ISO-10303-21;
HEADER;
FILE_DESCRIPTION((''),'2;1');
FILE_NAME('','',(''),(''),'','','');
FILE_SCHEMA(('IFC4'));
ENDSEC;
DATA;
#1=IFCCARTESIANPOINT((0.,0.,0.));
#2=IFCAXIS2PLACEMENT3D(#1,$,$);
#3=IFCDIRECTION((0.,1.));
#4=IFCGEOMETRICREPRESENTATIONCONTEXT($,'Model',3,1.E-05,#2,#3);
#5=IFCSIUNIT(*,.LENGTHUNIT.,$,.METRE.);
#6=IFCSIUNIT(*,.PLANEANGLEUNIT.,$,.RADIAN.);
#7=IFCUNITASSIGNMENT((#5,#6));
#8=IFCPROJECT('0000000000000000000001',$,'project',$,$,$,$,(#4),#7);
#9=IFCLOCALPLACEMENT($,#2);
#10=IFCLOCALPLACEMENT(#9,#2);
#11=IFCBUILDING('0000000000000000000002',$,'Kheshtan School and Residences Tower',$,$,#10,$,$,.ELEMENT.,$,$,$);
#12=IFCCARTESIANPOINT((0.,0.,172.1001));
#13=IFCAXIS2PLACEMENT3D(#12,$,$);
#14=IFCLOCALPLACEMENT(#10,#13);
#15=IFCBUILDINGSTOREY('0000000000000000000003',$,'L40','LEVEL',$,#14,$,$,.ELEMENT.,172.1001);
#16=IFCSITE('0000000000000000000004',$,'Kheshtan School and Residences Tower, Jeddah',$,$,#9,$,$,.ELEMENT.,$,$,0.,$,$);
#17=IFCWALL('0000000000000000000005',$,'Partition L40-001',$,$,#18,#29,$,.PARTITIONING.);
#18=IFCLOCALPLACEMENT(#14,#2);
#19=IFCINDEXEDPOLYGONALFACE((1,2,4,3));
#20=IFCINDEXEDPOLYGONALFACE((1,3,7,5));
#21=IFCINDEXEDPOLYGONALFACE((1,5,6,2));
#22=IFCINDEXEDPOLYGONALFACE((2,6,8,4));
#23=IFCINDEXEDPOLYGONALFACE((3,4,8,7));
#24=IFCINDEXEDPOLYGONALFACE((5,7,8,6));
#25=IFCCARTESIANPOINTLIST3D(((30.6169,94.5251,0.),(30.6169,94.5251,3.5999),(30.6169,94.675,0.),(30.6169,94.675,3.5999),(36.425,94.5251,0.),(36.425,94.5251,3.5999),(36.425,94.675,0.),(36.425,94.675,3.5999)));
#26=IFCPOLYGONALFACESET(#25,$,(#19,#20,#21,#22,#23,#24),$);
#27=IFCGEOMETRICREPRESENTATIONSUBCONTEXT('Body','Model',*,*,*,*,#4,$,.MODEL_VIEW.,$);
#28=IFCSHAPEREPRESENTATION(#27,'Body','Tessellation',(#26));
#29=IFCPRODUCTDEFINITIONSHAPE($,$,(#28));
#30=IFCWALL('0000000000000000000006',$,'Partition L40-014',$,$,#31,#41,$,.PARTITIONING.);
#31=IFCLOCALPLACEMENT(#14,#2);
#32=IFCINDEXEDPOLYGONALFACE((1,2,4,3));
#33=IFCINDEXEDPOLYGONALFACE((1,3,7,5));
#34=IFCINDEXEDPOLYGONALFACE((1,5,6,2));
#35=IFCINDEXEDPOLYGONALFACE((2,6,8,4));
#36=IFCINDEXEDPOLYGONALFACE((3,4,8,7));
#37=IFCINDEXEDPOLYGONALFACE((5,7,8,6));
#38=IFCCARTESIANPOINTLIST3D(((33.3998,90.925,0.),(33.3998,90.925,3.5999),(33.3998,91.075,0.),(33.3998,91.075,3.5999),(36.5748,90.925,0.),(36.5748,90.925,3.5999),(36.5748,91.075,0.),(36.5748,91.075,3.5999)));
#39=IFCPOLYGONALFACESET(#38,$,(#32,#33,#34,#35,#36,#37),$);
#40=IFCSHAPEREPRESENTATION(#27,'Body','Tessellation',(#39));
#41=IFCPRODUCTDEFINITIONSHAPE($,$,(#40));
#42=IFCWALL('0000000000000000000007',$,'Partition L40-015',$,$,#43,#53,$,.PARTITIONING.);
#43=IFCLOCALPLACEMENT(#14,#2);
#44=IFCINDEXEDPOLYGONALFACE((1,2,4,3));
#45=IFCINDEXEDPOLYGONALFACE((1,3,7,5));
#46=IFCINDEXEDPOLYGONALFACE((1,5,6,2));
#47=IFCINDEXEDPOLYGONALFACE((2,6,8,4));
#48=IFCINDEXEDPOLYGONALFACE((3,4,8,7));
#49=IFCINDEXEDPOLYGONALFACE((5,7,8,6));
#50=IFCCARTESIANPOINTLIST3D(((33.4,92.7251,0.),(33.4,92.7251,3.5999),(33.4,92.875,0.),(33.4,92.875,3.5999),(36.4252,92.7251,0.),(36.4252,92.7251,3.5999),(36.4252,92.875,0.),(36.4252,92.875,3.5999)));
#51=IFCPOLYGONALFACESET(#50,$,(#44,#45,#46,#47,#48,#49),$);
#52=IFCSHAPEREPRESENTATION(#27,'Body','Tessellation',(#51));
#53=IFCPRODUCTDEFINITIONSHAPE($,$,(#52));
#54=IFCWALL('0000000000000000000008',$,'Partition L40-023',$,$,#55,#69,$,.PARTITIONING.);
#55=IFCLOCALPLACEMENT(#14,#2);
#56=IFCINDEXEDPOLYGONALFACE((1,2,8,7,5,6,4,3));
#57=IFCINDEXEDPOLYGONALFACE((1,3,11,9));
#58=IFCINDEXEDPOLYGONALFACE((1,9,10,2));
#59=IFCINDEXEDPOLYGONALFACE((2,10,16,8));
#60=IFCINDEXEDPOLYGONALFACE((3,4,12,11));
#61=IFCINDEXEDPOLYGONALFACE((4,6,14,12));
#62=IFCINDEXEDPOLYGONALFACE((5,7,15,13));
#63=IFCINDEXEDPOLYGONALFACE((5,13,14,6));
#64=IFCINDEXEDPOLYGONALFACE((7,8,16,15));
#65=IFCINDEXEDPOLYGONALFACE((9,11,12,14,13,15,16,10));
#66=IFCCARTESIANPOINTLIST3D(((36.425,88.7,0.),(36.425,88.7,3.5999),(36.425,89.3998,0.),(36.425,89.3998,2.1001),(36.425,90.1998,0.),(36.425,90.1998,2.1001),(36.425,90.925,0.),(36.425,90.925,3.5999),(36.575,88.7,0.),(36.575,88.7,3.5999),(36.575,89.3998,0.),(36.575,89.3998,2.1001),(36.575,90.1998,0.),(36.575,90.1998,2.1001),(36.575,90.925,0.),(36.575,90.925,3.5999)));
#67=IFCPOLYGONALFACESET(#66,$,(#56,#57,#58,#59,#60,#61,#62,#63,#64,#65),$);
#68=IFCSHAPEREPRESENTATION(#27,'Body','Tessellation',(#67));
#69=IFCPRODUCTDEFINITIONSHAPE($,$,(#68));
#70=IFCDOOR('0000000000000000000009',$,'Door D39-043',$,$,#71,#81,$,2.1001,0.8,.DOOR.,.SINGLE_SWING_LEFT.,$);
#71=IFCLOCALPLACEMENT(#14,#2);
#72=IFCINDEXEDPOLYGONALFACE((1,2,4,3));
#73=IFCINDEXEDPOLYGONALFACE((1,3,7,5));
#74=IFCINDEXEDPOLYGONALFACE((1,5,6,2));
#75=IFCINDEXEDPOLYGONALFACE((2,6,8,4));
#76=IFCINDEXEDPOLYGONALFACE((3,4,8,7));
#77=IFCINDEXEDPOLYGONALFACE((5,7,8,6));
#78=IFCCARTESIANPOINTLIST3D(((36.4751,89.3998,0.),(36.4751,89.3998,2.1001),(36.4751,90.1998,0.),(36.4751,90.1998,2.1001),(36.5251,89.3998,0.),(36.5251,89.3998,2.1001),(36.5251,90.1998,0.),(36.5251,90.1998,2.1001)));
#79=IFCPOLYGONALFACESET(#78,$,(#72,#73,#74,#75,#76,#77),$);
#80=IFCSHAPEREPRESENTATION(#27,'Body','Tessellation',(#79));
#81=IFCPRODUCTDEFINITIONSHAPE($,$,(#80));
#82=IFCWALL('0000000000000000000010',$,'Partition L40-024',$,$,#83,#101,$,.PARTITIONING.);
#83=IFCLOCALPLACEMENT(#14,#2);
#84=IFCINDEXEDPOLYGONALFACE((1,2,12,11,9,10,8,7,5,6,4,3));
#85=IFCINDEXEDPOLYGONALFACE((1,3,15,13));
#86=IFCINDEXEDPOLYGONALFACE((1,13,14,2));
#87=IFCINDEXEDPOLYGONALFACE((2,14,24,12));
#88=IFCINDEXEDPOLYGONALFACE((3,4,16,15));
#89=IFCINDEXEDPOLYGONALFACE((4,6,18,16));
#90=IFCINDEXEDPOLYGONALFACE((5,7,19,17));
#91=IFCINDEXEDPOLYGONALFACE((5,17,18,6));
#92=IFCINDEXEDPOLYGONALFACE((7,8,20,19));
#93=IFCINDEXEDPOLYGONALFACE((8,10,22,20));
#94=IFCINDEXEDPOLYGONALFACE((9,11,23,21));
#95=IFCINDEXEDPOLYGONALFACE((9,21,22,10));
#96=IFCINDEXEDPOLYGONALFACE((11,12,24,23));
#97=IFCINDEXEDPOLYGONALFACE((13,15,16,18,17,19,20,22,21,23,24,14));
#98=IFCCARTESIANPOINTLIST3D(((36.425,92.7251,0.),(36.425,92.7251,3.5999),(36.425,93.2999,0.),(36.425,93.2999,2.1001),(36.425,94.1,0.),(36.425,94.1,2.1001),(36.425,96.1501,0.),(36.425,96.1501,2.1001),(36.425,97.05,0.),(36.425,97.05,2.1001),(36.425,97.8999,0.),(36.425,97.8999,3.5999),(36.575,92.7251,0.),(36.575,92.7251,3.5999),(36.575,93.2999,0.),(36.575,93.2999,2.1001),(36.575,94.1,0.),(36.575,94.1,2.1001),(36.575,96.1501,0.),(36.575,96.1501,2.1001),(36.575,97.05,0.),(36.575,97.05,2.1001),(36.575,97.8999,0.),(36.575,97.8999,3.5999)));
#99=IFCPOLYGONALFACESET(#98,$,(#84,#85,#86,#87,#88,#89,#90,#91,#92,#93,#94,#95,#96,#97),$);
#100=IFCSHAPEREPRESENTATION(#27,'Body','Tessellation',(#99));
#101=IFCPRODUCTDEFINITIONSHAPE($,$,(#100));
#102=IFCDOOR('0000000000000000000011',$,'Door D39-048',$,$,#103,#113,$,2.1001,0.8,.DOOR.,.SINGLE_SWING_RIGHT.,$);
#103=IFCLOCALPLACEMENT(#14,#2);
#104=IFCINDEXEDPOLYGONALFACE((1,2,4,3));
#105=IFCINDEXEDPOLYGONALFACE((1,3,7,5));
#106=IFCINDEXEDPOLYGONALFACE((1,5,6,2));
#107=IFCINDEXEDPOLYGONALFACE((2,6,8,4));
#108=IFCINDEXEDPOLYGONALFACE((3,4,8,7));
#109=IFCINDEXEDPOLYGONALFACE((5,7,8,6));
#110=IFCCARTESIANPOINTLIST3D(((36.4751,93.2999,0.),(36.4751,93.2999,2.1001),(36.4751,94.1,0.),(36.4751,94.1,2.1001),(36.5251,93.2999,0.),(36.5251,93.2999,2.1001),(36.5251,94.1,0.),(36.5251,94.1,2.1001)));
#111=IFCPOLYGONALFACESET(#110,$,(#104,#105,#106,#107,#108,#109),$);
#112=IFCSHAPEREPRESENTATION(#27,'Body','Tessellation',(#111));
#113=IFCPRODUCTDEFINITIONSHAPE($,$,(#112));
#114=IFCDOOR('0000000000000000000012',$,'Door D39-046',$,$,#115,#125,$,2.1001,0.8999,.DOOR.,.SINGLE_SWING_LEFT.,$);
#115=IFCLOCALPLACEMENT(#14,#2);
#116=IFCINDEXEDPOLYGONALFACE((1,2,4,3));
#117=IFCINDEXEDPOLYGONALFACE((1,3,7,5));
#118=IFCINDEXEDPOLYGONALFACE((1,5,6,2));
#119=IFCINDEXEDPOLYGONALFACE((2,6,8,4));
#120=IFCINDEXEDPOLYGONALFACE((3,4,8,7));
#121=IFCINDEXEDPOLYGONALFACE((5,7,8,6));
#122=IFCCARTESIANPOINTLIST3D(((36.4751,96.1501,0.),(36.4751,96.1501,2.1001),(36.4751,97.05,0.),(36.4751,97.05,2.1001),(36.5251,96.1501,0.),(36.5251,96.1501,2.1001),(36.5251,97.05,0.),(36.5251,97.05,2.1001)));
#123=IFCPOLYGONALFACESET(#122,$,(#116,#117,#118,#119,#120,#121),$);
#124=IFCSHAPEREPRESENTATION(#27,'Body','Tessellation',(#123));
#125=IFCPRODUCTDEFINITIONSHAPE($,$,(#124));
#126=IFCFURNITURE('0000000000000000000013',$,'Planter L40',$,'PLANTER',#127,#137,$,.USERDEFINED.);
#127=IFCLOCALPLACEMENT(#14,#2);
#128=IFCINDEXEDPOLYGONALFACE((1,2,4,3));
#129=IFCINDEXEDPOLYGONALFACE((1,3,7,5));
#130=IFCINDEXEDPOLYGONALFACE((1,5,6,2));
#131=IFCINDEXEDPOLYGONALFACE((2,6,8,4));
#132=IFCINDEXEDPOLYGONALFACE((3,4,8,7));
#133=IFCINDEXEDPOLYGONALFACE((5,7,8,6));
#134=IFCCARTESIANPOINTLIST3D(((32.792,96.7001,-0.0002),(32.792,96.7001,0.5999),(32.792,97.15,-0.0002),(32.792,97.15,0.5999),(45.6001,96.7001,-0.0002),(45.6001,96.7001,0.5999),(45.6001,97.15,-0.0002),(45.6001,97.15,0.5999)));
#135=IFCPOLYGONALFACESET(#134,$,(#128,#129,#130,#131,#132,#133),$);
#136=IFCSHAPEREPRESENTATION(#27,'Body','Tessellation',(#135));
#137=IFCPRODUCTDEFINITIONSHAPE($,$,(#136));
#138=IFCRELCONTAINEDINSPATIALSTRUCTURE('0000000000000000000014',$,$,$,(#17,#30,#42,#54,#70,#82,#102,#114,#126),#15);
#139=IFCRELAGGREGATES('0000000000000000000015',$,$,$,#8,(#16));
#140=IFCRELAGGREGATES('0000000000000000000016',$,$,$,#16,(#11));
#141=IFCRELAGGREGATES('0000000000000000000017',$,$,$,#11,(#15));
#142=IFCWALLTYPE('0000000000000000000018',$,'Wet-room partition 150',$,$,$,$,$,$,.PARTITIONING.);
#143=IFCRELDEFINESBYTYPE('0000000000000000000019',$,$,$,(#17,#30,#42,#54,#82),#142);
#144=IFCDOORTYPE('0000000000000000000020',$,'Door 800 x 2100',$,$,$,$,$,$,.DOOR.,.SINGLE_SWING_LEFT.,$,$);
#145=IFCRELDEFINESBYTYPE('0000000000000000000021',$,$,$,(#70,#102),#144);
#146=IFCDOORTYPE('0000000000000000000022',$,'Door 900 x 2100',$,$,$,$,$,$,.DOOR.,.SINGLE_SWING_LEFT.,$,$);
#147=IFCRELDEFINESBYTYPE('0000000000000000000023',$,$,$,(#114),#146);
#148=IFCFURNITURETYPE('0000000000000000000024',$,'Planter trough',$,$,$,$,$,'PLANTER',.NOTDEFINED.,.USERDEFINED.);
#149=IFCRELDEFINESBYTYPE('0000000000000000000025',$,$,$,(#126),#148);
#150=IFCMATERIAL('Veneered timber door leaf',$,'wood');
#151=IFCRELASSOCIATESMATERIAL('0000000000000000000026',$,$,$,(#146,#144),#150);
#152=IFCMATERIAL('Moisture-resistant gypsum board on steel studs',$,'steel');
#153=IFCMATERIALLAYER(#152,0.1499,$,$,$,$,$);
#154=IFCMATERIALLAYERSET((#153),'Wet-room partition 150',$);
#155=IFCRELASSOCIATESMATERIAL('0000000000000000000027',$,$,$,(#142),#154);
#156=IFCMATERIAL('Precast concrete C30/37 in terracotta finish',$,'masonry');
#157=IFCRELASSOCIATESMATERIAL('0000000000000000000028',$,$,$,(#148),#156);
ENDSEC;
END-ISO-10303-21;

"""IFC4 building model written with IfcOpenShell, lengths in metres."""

from ifc_helpers import new_model, si_unit, direction, frame, frame_2d, origin, origin_2d, place, context, subcontext, project, spatial, rectangle, extrude, source, transform, mapped, material, layer, layer_set, type_object, element, fill, save


model = new_model("IFC4")

# Units and contexts
model_context = context("Model", 3, precision=1e-05, world=origin(), true_north=direction((0.0, 1.0)))
body_context = subcontext(model_context, "Body", "Model", "MODEL_VIEW")
ifc_project = project(units=[si_unit("LENGTHUNIT", "METRE"), si_unit("PLANEANGLEUNIT", "RADIAN")], contexts=[model_context])

# Site, building, storey
site_placement = place(None, origin())
site = spatial("IfcSite", under=ifc_project, at=site_placement, Name="Kheshtan School and Residences Tower, Jeddah", CompositionType="ELEMENT", RefElevation=0.0)
building_placement = place(site_placement, origin())
building = spatial("IfcBuilding", under=site, at=building_placement, Name="Kheshtan School and Residences Tower", CompositionType="ELEMENT")
storey_placement = place(building_placement, frame((0.0, 0.0, 172.1001)))
storey = spatial("IfcBuildingStorey", under=building, at=storey_placement, Name="L40", Description="LEVEL", CompositionType="ELEMENT", Elevation=172.1001)

# Shared definitions
ifc_material_1 = material(Name="Veneered timber door leaf", Category="wood")
door_type_1 = type_object("IfcDoorType", Name="Door 900 x 2100", OperationType="SINGLE_SWING_LEFT", PredefinedType="DOOR", material=ifc_material_1)
shared_shape_1 = source(origin(), body_context, "Body", "SweptSolid", [
    extrude(rectangle(XDim=0.8999, YDim=2.1001, at=frame_2d((0.45, 1.05))), frame((0.0, 0.0249, 0.0), z_axis=(0.0, -1.0, 0.0), x_axis=(1.0, 0.0, 0.0)), (0.0, 0.0, 1.0), 0.05),
])

# Walls
ifc_material_2 = material(Name="Moisture-resistant gypsum board on steel studs", Category="steel")
ifc_layer_1 = layer(ifc_material_2, 0.1499)
ifc_layer_set_1 = layer_set([ifc_layer_1], Name="Wet-room partition 150")
wall_type_1 = type_object("IfcWallType", Name="Wet-room partition 150", PredefinedType="PARTITIONING", material=ifc_layer_set_1)
wall_1_placement = place(storey_placement, frame((30.6169, 94.6001, 0.0), z_axis=(0.0, 0.0, 1.0), x_axis=(1.0, 0.0, 0.0)))
element("IfcWall", 1, at=wall_1_placement, inside=storey, type_object=wall_type_1, Name="Partition L40-001", PredefinedType="PARTITIONING", context=body_context, shape_type="SweptSolid", body=[
    extrude(rectangle(XDim=5.8081, YDim=0.1499, at=frame_2d((2.9041, 0.0))), origin(), (0.0, 0.0, 1.0), 3.5999),
])
wall_2_placement = place(storey_placement, frame((33.3999, 91.0, 0.0), z_axis=(0.0, 0.0, 1.0), x_axis=(1.0, 0.0, 0.0)))
element("IfcWall", 2, at=wall_2_placement, inside=storey, type_object=wall_type_1, Name="Partition L40-014", PredefinedType="PARTITIONING", context=body_context, shape_type="SweptSolid", body=[
    extrude(rectangle(XDim=3.175, YDim=0.1499, at=frame_2d((1.5874, 0.0))), origin(), (0.0, 0.0, 1.0), 3.5999),
])
wall_3_placement = place(storey_placement, frame((33.3999, 92.8, 0.0), z_axis=(0.0, 0.0, 1.0), x_axis=(1.0, 0.0, 0.0)))
element("IfcWall", 3, at=wall_3_placement, inside=storey, type_object=wall_type_1, Name="Partition L40-015", PredefinedType="PARTITIONING", context=body_context, shape_type="SweptSolid", body=[
    extrude(rectangle(XDim=3.0251, YDim=0.1499, at=frame_2d((1.5127, 0.0))), origin(), (0.0, 0.0, 1.0), 3.5999),
])

# Wall, opening, door
wall_4_placement = place(storey_placement, frame((36.5, 88.7, 0.0), z_axis=(0.0, 0.0, 1.0), x_axis=(0.0, 1.0, 0.0)))
wall_4 = element("IfcWall", 4, at=wall_4_placement, inside=storey, type_object=wall_type_1, Name="Partition L40-023", PredefinedType="PARTITIONING", context=body_context, shape_type="SweptSolid", body=[
    extrude(rectangle(XDim=2.2251, YDim=0.1499, at=frame_2d((1.1125, 0.0))), origin(), (0.0, 0.0, 1.0), 3.5999),
])
opening_1_placement = place(wall_4_placement, frame((0.7, 0.0, 0.0)))
opening_1 = element("IfcOpeningElement", 5, at=opening_1_placement, cuts=wall_4, PredefinedType="OPENING", context=body_context, shape_type="SweptSolid", body=[
    extrude(rectangle(XDim=0.8, YDim=2.1001, at=frame_2d((0.3999, 1.05))), frame((0.0, 0.085, 0.0), z_axis=(0.0, -1.0, 0.0), x_axis=(1.0, 0.0, 0.0)), (0.0, 0.0, 1.0), 0.1699),
])
door_type_2 = type_object("IfcDoorType", Name="Door 800 x 2100", OperationType="SINGLE_SWING_LEFT", PredefinedType="DOOR", material=ifc_material_1)
shared_shape_2 = source(origin(), body_context, "Body", "SweptSolid", [
    extrude(rectangle(XDim=0.8, YDim=2.1001, at=frame_2d((0.3999, 1.05))), frame((0.0, 0.0249, 0.0), z_axis=(0.0, -1.0, 0.0), x_axis=(1.0, 0.0, 0.0)), (0.0, 0.0, 1.0), 0.05),
])
door_1_placement = place(opening_1_placement, origin())
door_1 = element("IfcDoor", 6, at=door_1_placement, inside=storey, type_object=door_type_2, Name="Door D39-043", OperationType="SINGLE_SWING_LEFT", OverallHeight=2.1001, OverallWidth=0.8, PredefinedType="DOOR", context=body_context, shape_type="MappedRepresentation", body=[
    mapped(shared_shape_2, transform((0.0, 0.0, 0.0), x_axis=(1.0, 0.0, 0.0), y_axis=(0.0, 1.0, 0.0), z_axis=(0.0, 0.0, 1.0), scale=1.0)),
])
fill(opening_1, door_1)

# Wall, openings, doors
wall_5_placement = place(storey_placement, frame((36.5, 92.7251, 0.0), z_axis=(0.0, 0.0, 1.0), x_axis=(0.0, 1.0, 0.0)))
wall_5 = element("IfcWall", 7, at=wall_5_placement, inside=storey, type_object=wall_type_1, Name="Partition L40-024", PredefinedType="PARTITIONING", context=body_context, shape_type="SweptSolid", body=[
    extrude(rectangle(XDim=5.1748, YDim=0.1499, at=frame_2d((2.5874, 0.0))), origin(), (0.0, 0.0, 1.0), 3.5999),
])
opening_2_placement = place(wall_5_placement, frame((3.425, 0.0, 0.0)))
opening_2 = element("IfcOpeningElement", 8, at=opening_2_placement, cuts=wall_5, PredefinedType="OPENING", context=body_context, shape_type="SweptSolid", body=[
    extrude(rectangle(XDim=0.8999, YDim=2.1001, at=frame_2d((0.45, 1.05))), frame((0.0, 0.085, 0.0), z_axis=(0.0, -1.0, 0.0), x_axis=(1.0, 0.0, 0.0)), (0.0, 0.0, 1.0), 0.1699),
])
opening_3_placement = place(wall_5_placement, frame((0.575, 0.0, 0.0)))
opening_3 = element("IfcOpeningElement", 9, at=opening_3_placement, cuts=wall_5, PredefinedType="OPENING", context=body_context, shape_type="SweptSolid", body=[
    extrude(rectangle(XDim=0.8, YDim=2.1001, at=frame_2d((0.3999, 1.05))), frame((0.0, 0.085, 0.0), z_axis=(0.0, -1.0, 0.0), x_axis=(1.0, 0.0, 0.0)), (0.0, 0.0, 1.0), 0.1699),
])
door_2_placement = place(opening_3_placement, origin())
door_2 = element("IfcDoor", 10, at=door_2_placement, inside=storey, type_object=door_type_2, Name="Door D39-048", OperationType="SINGLE_SWING_RIGHT", OverallHeight=2.1001, OverallWidth=0.8, PredefinedType="DOOR", context=body_context, shape_type="MappedRepresentation", body=[
    mapped(shared_shape_2, transform((0.0, 0.0, 0.0), x_axis=(1.0, 0.0, 0.0), y_axis=(0.0, 1.0, 0.0), z_axis=(0.0, 0.0, 1.0), scale=1.0)),
])
fill(opening_3, door_2)
door_3_placement = place(opening_2_placement, origin())
door_3 = element("IfcDoor", 11, at=door_3_placement, inside=storey, type_object=door_type_1, Name="Door D39-046", OperationType="SINGLE_SWING_LEFT", OverallHeight=2.1001, OverallWidth=0.8999, PredefinedType="DOOR", context=body_context, shape_type="MappedRepresentation", body=[
    mapped(shared_shape_1, transform((0.0, 0.0, 0.0), x_axis=(1.0, 0.0, 0.0), y_axis=(0.0, 1.0, 0.0), z_axis=(0.0, 0.0, 1.0), scale=1.0)),
])
fill(opening_2, door_3)

# Furniture
ifc_material_3 = material(Name="Precast concrete C30/37 in terracotta finish", Category="masonry")
furniture_type = type_object("IfcFurnitureType", Name="Planter trough", ElementType="PLANTER", AssemblyPlace="NOTDEFINED", PredefinedType="USERDEFINED", material=ifc_material_3)
furniture_placement = place(storey_placement, frame((39.196, 96.925, -0.0002), z_axis=(0.0, 0.0, 1.0), x_axis=(1.0, 0.0, 0.0)))
element("IfcFurniture", 12, at=furniture_placement, inside=storey, type_object=furniture_type, Name="Planter L40", ObjectType="PLANTER", PredefinedType="USERDEFINED", context=body_context, shape_type="SweptSolid", body=[
    extrude(rectangle(XDim=12.8081, YDim=0.45, at=origin_2d()), origin(), (0.0, 0.0, 1.0), 0.6001),
])

save(model, "model.ifc")
